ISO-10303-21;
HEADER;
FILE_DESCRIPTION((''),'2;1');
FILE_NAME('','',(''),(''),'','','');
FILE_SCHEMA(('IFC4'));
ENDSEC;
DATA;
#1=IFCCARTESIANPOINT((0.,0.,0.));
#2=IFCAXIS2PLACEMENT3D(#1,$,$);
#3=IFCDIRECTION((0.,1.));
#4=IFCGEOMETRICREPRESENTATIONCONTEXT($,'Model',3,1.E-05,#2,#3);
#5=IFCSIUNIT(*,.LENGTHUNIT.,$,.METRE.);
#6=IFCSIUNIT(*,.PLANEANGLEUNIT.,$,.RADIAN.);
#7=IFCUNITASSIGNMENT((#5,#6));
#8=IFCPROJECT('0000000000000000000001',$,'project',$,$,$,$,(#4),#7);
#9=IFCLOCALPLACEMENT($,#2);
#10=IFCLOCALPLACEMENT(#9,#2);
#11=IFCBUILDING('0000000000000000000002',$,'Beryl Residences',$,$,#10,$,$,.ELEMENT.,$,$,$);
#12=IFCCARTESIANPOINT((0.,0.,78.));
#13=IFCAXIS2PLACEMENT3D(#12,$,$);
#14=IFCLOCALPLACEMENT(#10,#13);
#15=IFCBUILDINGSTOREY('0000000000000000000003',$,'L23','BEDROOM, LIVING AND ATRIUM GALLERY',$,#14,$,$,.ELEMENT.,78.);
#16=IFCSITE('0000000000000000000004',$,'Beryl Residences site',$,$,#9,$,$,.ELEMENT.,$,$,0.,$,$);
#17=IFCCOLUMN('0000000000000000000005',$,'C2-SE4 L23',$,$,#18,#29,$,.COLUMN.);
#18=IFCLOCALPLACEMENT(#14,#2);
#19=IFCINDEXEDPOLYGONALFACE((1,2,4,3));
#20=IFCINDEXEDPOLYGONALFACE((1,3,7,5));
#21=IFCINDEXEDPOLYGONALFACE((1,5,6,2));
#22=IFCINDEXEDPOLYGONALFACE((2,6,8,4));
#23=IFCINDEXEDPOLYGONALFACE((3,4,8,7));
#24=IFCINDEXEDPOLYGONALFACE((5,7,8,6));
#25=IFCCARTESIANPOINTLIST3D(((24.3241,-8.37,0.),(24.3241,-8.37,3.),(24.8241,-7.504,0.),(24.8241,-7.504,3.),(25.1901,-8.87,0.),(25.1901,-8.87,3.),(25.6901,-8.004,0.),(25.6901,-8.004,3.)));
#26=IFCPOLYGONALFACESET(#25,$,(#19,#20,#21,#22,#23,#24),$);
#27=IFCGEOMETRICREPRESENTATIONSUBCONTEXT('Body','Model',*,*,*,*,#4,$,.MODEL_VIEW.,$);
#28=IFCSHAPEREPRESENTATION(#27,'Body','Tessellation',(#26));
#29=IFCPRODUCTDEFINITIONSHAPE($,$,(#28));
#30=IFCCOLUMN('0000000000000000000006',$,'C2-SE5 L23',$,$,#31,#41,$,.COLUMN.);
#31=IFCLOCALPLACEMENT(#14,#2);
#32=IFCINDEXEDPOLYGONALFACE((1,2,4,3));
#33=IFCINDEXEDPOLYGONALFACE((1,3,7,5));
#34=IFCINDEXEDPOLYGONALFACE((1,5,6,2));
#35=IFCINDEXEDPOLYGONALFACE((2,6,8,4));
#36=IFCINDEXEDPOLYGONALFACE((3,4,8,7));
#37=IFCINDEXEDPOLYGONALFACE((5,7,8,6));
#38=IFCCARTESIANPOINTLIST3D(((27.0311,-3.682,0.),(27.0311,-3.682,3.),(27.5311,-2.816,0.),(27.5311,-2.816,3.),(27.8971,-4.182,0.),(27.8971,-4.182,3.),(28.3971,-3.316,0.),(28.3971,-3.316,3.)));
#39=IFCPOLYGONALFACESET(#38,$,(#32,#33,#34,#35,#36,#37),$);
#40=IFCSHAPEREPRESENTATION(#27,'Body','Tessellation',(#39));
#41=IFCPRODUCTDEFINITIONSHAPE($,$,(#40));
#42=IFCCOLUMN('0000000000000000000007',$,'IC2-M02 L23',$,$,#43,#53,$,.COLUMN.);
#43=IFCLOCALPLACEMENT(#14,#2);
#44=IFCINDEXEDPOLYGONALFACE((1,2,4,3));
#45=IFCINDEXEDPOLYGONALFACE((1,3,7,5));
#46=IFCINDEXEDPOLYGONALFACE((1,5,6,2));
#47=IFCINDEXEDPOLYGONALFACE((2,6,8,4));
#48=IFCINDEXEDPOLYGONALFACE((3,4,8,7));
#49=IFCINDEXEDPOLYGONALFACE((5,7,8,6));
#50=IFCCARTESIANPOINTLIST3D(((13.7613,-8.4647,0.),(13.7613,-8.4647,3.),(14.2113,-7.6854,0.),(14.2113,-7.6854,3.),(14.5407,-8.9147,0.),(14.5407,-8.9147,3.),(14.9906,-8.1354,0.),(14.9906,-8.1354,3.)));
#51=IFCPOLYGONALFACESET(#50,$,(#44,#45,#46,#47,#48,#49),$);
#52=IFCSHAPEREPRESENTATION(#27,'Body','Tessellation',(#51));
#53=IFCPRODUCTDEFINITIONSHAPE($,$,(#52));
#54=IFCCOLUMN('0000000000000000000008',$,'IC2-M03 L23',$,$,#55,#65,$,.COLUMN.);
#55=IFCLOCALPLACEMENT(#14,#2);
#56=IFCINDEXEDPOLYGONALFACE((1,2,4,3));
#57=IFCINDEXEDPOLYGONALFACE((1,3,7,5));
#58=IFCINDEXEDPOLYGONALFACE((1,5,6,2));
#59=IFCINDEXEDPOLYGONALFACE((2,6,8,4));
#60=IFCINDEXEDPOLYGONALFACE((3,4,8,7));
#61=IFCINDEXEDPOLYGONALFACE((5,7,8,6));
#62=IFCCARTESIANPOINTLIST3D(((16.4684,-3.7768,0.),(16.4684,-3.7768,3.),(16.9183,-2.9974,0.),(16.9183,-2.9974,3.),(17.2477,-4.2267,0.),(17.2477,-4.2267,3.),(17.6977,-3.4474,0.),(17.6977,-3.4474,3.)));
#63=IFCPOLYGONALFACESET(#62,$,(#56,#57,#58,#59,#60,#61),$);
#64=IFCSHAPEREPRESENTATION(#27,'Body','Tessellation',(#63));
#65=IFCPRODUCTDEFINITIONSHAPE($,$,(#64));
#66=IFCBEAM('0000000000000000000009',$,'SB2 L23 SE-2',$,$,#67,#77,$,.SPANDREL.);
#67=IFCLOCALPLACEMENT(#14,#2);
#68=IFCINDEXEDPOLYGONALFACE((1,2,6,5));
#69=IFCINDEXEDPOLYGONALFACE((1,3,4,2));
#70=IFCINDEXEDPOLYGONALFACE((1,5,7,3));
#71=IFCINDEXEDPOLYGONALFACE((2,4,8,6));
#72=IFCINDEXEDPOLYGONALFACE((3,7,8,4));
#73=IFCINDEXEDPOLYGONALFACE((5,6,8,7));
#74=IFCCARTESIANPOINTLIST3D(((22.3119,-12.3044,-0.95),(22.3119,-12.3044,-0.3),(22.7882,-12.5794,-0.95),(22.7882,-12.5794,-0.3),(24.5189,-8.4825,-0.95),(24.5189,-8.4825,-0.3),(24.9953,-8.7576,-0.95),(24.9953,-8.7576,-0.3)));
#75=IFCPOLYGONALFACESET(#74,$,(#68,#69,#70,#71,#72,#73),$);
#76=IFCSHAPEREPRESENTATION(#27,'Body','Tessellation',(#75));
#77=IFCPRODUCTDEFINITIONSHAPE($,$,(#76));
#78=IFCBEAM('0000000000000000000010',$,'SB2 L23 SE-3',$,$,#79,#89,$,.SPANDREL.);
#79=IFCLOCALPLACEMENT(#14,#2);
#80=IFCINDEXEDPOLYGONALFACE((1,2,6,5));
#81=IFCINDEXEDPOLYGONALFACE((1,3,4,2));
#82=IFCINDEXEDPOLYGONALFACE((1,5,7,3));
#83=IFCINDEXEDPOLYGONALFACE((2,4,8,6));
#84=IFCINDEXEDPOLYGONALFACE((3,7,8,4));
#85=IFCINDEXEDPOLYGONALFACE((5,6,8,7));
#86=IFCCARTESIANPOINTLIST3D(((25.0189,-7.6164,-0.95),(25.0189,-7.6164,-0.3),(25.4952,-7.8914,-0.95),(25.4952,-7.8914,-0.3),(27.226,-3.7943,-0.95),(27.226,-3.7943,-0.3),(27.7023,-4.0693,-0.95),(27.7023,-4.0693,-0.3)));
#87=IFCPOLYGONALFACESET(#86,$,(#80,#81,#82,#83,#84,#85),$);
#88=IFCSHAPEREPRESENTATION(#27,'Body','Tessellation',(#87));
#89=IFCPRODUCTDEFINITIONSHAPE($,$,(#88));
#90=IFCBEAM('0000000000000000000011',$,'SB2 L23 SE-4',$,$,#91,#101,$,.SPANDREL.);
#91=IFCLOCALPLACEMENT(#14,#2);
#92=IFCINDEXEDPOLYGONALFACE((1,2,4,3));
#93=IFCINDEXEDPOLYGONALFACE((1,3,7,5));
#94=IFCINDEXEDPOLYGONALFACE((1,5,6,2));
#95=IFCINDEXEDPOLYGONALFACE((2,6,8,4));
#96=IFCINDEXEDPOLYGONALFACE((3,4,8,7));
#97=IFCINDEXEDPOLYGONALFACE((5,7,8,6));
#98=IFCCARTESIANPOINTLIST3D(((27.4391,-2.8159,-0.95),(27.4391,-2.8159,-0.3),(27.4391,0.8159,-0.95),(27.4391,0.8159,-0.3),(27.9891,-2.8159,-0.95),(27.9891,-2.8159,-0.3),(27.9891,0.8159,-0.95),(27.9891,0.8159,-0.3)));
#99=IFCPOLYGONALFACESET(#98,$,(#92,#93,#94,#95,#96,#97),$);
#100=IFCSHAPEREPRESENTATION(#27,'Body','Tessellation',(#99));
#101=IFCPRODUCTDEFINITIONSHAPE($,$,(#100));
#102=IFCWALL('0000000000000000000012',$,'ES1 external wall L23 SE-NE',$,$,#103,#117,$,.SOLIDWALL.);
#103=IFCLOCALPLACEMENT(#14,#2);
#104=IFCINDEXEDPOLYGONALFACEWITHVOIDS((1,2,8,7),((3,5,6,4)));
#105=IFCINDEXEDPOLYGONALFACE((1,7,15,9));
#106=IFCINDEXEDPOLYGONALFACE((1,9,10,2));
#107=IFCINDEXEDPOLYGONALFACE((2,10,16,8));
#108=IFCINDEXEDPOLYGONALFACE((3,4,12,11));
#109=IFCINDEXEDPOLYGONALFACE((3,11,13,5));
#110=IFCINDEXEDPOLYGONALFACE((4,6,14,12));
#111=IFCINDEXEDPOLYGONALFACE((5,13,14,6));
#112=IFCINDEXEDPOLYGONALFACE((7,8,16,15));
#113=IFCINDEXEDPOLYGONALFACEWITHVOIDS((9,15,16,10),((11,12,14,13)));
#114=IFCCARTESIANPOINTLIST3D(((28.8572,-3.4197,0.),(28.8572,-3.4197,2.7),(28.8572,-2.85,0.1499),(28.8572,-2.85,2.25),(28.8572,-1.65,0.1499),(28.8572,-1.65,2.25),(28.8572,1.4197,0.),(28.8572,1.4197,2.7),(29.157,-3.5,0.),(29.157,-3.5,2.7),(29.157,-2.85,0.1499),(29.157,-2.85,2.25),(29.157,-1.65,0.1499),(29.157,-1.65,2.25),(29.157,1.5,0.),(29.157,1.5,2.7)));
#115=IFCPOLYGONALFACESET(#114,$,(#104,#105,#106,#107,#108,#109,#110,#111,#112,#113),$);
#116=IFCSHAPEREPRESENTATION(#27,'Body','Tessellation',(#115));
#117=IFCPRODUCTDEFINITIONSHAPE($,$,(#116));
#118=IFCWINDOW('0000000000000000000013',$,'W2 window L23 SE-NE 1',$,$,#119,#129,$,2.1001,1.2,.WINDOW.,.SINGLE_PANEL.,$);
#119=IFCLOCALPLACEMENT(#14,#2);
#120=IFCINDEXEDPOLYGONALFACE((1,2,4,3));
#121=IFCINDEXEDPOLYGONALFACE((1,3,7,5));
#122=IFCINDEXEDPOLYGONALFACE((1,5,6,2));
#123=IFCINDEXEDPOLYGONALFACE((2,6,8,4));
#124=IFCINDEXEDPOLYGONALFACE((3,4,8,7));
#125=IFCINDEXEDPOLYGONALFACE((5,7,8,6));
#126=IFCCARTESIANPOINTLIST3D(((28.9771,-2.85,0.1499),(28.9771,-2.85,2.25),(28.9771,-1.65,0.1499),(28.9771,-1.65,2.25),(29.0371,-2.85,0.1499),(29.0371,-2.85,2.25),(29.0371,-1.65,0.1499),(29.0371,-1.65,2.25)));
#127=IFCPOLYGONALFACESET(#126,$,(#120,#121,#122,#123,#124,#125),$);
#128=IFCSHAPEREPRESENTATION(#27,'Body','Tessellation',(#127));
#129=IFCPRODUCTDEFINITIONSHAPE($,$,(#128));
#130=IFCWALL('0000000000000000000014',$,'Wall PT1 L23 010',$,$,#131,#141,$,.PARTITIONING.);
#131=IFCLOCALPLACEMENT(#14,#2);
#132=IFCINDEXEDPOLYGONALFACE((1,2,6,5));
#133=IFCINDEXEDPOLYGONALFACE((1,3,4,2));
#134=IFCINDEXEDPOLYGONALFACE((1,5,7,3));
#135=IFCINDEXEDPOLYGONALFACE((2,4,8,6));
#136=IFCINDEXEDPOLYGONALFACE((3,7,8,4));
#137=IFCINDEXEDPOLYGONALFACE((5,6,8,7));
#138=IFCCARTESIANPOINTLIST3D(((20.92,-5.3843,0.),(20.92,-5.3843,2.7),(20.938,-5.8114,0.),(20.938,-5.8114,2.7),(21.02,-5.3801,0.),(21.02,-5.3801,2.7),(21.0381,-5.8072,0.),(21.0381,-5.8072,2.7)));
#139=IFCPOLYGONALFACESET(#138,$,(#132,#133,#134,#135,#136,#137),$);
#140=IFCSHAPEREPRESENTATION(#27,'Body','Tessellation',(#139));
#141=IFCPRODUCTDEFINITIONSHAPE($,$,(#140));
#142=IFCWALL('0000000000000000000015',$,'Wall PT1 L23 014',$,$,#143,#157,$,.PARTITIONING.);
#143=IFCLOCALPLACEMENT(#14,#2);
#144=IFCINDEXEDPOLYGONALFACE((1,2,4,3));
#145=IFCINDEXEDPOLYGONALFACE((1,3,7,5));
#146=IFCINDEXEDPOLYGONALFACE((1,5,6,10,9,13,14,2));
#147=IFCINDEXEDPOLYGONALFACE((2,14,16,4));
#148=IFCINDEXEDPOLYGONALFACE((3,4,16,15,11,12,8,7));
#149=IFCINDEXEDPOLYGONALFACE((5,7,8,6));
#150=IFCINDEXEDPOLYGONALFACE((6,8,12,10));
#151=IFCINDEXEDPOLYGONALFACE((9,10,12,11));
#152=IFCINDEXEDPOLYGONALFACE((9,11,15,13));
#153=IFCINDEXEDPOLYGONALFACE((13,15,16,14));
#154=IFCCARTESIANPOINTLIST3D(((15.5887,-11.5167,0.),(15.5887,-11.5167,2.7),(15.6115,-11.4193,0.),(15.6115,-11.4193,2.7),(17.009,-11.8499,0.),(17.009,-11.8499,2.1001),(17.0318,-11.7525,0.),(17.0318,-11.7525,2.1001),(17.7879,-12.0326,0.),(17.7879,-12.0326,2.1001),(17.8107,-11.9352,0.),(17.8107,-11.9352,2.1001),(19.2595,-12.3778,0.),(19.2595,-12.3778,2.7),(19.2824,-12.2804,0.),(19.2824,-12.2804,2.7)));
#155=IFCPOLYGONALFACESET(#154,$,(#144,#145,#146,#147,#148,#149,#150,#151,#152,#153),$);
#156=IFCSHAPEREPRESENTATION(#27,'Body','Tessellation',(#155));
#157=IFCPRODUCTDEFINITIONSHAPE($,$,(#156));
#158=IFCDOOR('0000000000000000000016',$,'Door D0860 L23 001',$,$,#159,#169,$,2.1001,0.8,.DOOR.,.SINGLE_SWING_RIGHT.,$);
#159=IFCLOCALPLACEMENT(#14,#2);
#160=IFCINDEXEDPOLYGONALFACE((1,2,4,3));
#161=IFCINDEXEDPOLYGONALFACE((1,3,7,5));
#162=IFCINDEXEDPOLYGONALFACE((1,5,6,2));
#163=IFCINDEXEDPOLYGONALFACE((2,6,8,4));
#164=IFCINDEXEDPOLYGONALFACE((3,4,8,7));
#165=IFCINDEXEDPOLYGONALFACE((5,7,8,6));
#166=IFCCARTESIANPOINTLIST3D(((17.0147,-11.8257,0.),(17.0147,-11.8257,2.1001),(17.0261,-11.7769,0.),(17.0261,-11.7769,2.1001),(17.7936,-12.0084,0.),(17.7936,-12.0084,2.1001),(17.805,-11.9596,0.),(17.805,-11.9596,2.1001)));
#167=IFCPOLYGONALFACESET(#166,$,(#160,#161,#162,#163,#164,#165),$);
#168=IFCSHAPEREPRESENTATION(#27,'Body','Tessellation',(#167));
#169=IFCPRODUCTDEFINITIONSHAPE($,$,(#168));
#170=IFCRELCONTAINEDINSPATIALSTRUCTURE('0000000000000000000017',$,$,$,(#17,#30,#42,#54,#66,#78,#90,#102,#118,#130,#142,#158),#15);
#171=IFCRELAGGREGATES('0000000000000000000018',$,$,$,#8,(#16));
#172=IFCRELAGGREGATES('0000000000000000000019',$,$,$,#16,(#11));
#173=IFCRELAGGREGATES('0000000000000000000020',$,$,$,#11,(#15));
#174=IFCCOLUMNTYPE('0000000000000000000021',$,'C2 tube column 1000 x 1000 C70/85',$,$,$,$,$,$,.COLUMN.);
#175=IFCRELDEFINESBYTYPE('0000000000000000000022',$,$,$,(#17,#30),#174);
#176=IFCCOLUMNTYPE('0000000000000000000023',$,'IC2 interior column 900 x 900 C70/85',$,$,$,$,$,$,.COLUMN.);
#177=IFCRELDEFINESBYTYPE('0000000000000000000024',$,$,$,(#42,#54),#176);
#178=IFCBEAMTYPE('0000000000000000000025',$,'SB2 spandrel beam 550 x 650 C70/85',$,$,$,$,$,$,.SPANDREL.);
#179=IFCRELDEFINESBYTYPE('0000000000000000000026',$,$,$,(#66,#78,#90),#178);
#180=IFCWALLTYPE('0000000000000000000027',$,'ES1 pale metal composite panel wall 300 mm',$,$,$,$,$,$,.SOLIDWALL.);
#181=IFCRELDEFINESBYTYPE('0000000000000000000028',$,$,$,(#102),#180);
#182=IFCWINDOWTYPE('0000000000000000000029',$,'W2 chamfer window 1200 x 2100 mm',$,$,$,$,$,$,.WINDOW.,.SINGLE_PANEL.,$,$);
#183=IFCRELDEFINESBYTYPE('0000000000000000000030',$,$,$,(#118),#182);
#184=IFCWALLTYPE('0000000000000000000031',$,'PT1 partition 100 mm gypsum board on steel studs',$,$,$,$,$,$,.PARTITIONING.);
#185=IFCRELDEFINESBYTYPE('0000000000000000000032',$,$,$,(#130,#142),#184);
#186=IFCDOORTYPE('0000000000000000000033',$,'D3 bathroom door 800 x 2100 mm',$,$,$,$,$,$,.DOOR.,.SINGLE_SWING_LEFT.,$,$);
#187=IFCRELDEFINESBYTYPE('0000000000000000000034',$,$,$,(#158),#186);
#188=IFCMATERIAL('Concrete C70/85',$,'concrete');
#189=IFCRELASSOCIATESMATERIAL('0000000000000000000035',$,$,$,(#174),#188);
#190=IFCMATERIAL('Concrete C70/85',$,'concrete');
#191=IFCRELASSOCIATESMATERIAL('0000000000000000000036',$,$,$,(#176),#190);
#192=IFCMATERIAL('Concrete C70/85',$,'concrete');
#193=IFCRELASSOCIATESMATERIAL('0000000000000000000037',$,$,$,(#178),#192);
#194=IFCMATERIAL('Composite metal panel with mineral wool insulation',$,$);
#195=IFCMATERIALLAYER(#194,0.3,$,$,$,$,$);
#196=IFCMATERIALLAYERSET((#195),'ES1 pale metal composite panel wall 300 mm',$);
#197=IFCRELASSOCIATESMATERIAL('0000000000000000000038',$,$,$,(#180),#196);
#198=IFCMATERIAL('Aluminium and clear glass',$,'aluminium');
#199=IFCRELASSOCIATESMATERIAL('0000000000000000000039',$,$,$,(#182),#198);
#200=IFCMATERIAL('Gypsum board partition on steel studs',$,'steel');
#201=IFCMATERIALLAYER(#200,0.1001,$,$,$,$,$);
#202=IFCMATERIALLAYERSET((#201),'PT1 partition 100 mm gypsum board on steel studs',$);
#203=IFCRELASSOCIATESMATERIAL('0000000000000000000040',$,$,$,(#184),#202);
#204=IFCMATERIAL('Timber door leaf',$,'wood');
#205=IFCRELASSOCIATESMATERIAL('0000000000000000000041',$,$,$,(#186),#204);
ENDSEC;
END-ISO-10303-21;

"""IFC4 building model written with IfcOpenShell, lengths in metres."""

from ifc_helpers import new_model, si_unit, direction, frame, frame_2d, origin, origin_2d, place, context, subcontext, project, spatial, polyline, rectangle, outline, extrude, material, layer, layer_set, material_profile, profile_set, type_object, element, fill, save


model = new_model("IFC4")

# Units and contexts
model_context = context("Model", 3, precision=1e-05, world=origin(), true_north=direction((0.0, 1.0)))
body_context = subcontext(model_context, "Body", "Model", "MODEL_VIEW")
ifc_project = project(units=[si_unit("LENGTHUNIT", "METRE"), si_unit("PLANEANGLEUNIT", "RADIAN")], contexts=[model_context])

# Site, building, storey
site_placement = place(None, origin())
site = spatial("IfcSite", under=ifc_project, at=site_placement, Name="Beryl Residences site", CompositionType="ELEMENT", RefElevation=0.0)
building_placement = place(site_placement, origin())
building = spatial("IfcBuilding", under=site, at=building_placement, Name="Beryl Residences", CompositionType="ELEMENT")
storey_placement = place(building_placement, frame((0.0, 0.0, 78.0)))
storey = spatial("IfcBuildingStorey", under=building, at=storey_placement, Name="L23", Description="BEDROOM, LIVING AND ATRIUM GALLERY", CompositionType="ELEMENT", Elevation=78.0)

# Columns
ifc_material_1 = material(Name="Concrete C70/85", Category="concrete")
ifc_material_profile_1 = material_profile(ifc_material_1, rectangle(XDim=1.0, YDim=1.0, at=origin_2d()))
ifc_profile_set_1 = profile_set([ifc_material_profile_1], Name="Concrete C70/85")
column_type_1 = type_object("IfcColumnType", Name="C2 tube column 1000 x 1000 C70/85", PredefinedType="COLUMN", material=ifc_profile_set_1)
for number, where, z_axis, x_axis, name in (
    (1, (25.0071, -8.187, 0.0), (0.0, 0.0, 1.0), (0.5, 0.866025, 0.0), "C2-SE4 L23"),
    (2, (27.7141, -3.499, 0.0), (0.0, 0.0, 1.0), (0.5, 0.866025, 0.0), "C2-SE5 L23"),
):
    element("IfcColumn", number, at=place(storey_placement, frame(where, z_axis=z_axis, x_axis=x_axis)), inside=storey, type_object=column_type_1, Name=name, PredefinedType="COLUMN", context=body_context, shape_type="SweptSolid", body=[
        extrude(rectangle(XDim=1.0, YDim=1.0, at=origin_2d()), origin(), (0.0, 0.0, 1.0), 3.0),
    ])
ifc_material_2 = material(Name="Concrete C70/85", Category="concrete")
ifc_material_profile_2 = material_profile(ifc_material_2, rectangle(XDim=0.8999, YDim=0.8999, at=origin_2d()))
ifc_profile_set_2 = profile_set([ifc_material_profile_2], Name="Concrete C70/85")
column_type_2 = type_object("IfcColumnType", Name="IC2 interior column 900 x 900 C70/85", PredefinedType="COLUMN", material=ifc_profile_set_2)
for number, where, z_axis, x_axis, name in (
    (3, (14.376, -8.3, 0.0), (0.0, 0.0, 1.0), (0.5, 0.866025, 0.0), "IC2-M02 L23"),
    (4, (17.083, -3.6121, 0.0), (0.0, 0.0, 1.0), (0.5, 0.866025, 0.0), "IC2-M03 L23"),
):
    element("IfcColumn", number, at=place(storey_placement, frame(where, z_axis=z_axis, x_axis=x_axis)), inside=storey, type_object=column_type_2, Name=name, PredefinedType="COLUMN", context=body_context, shape_type="SweptSolid", body=[
        extrude(rectangle(XDim=0.8999, YDim=0.8999, at=origin_2d()), origin(), (0.0, 0.0, 1.0), 3.0),
    ])

# Beams
ifc_material_3 = material(Name="Concrete C70/85", Category="concrete")
ifc_material_profile_3 = material_profile(ifc_material_3, rectangle(XDim=0.55, YDim=0.6499, at=origin_2d()))
ifc_profile_set_3 = profile_set([ifc_material_profile_3], Name="Concrete C70/85")
beam_type = type_object("IfcBeamType", Name="SB2 spandrel beam 550 x 650 C70/85", PredefinedType="SPANDREL", material=ifc_profile_set_3)
beam_1_placement = place(storey_placement, frame((22.55, -12.4419, -0.625), z_axis=(0.50009, 0.865974, 0.0), x_axis=(-0.865974, 0.50009, 0.0)))
element("IfcBeam", 5, at=beam_1_placement, inside=storey, type_object=beam_type, Name="SB2 L23 SE-2", PredefinedType="SPANDREL", context=body_context, shape_type="SweptSolid", body=[
    extrude(rectangle(XDim=0.55, YDim=0.6499, at=origin_2d()), origin(), (0.0, 0.0, 1.0), 4.4133),
])
beam_2_placement = place(storey_placement, frame((25.2571, -7.7539, -0.625), z_axis=(0.500066, 0.865988, 0.0), x_axis=(-0.865988, 0.500066, 0.0)))
element("IfcBeam", 6, at=beam_2_placement, inside=storey, type_object=beam_type, Name="SB2 L23 SE-3", PredefinedType="SPANDREL", context=body_context, shape_type="SweptSolid", body=[
    extrude(rectangle(XDim=0.55, YDim=0.6499, at=origin_2d()), origin(), (0.0, 0.0, 1.0), 4.4136),
])
beam_3_placement = place(storey_placement, frame((27.7141, -2.8159, -0.625), z_axis=(0.0, 1.0, 0.0), x_axis=(-1.0, 0.0, 0.0)))
element("IfcBeam", 7, at=beam_3_placement, inside=storey, type_object=beam_type, Name="SB2 L23 SE-4", PredefinedType="SPANDREL", context=body_context, shape_type="SweptSolid", body=[
    extrude(rectangle(XDim=0.55, YDim=0.6499, at=origin_2d()), origin(), (0.0, 0.0, 1.0), 3.6318),
])

# Wall, opening, window
ifc_material_4 = material(Name="Composite metal panel with mineral wool insulation")
ifc_layer_1 = layer(ifc_material_4, 0.3)
ifc_layer_set_1 = layer_set([ifc_layer_1], Name="ES1 pale metal composite panel wall 300 mm")
wall_type_1 = type_object("IfcWallType", Name="ES1 pale metal composite panel wall 300 mm", PredefinedType="SOLIDWALL", material=ifc_layer_set_1)
wall_1_placement = place(storey_placement, frame((29.0071, -3.5, 0.0), z_axis=(0.0, 0.0, 1.0), x_axis=(0.0, 1.0, 0.0)))
wall_1 = element("IfcWall", 8, at=wall_1_placement, inside=storey, type_object=wall_type_1, Name="ES1 external wall L23 SE-NE", PredefinedType="SOLIDWALL", context=body_context, shape_type="SweptSolid", body=[
    extrude(outline(polyline([(0.0, -0.1499), (5.0, -0.1499), (4.9197, 0.1499), (0.0803, 0.1499), (0.0, -0.1499)])), origin(), (0.0, 0.0, 1.0), 2.7),
])
opening_1_placement = place(wall_1_placement, frame((0.6499, 0.0, 0.1499)))
opening_1 = element("IfcOpeningElement", 9, at=opening_1_placement, cuts=wall_1, PredefinedType="OPENING", context=body_context, shape_type="SweptSolid", body=[
    extrude(rectangle(XDim=1.2, YDim=2.1001, at=frame_2d((0.6001, 1.05))), frame((0.0, 0.1599, 0.0), z_axis=(0.0, -1.0, 0.0), x_axis=(1.0, 0.0, 0.0)), (0.0, 0.0, 1.0), 0.3201),
])
ifc_material_5 = material(Name="Aluminium and clear glass", Category="aluminium")
window_type = type_object("IfcWindowType", Name="W2 chamfer window 1200 x 2100 mm", PartitioningType="SINGLE_PANEL", PredefinedType="WINDOW", material=ifc_material_5)
window_placement = place(opening_1_placement, origin())
window = element("IfcWindow", 10, at=window_placement, inside=storey, type_object=window_type, Name="W2 window L23 SE-NE 1", OverallHeight=2.1001, OverallWidth=1.2, PartitioningType="SINGLE_PANEL", PredefinedType="WINDOW", context=body_context, shape_type="SweptSolid", body=[
    extrude(rectangle(XDim=1.2, YDim=2.1001, at=frame_2d((0.6001, 1.05))), frame((0.0, 0.03, 0.0), z_axis=(0.0, -1.0, 0.0), x_axis=(1.0, 0.0, 0.0)), (0.0, 0.0, 1.0), 0.0601),
])
fill(opening_1, window)

# Wall
ifc_material_6 = material(Name="Gypsum board partition on steel studs", Category="steel")
ifc_layer_2 = layer(ifc_material_6, 0.1001)
ifc_layer_set_2 = layer_set([ifc_layer_2], Name="PT1 partition 100 mm gypsum board on steel studs")
wall_type_2 = type_object("IfcWallType", Name="PT1 partition 100 mm gypsum board on steel studs", PredefinedType="PARTITIONING", material=ifc_layer_set_2)
wall_2_placement = place(storey_placement, frame((20.97, -5.3821, 0.0), z_axis=(0.0, 0.0, 1.0), x_axis=(0.042272, -0.999106, 0.0)))
element("IfcWall", 11, at=wall_2_placement, inside=storey, type_object=wall_type_2, Name="Wall PT1 L23 010", PredefinedType="PARTITIONING", context=body_context, shape_type="SweptSolid", body=[
    extrude(rectangle(XDim=0.4275, YDim=0.1001, at=frame_2d((0.2139, 0.0))), origin(), (0.0, 0.0, 1.0), 2.7),
])

# Wall, opening, door
wall_3_placement = place(storey_placement, frame((15.6001, -11.468, 0.0), z_axis=(0.0, 0.0, 1.0), x_axis=(0.973574, -0.228372, 0.0)))
wall_3 = element("IfcWall", 12, at=wall_3_placement, inside=storey, type_object=wall_type_2, Name="Wall PT1 L23 014", PredefinedType="PARTITIONING", context=body_context, shape_type="SweptSolid", body=[
    extrude(rectangle(XDim=3.7705, YDim=0.1001, at=frame_2d((1.8853, 0.0))), origin(), (0.0, 0.0, 1.0), 2.7),
])
opening_2_placement = place(wall_3_placement, frame((1.459, 0.0, 0.0)))
opening_2 = element("IfcOpeningElement", 13, at=opening_2_placement, cuts=wall_3, PredefinedType="OPENING", context=body_context, shape_type="SweptSolid", body=[
    extrude(rectangle(XDim=0.8, YDim=2.1001, at=frame_2d((0.3999, 1.05))), frame((0.0, 0.0601, 0.0), z_axis=(0.0, -1.0, 0.0), x_axis=(1.0, 0.0, 0.0)), (0.0, 0.0, 1.0), 0.1201),
])
ifc_material_7 = material(Name="Timber door leaf", Category="wood")
door_type_1 = type_object("IfcDoorType", Name="D3 bathroom door 800 x 2100 mm", OperationType="SINGLE_SWING_LEFT", PredefinedType="DOOR", material=ifc_material_7)
door_1_placement = place(opening_2_placement, origin())
door_1 = element("IfcDoor", 14, at=door_1_placement, inside=storey, type_object=door_type_1, Name="Door D0860 L23 001", OperationType="SINGLE_SWING_RIGHT", OverallHeight=2.1001, OverallWidth=0.8, PredefinedType="DOOR", context=body_context, shape_type="SweptSolid", body=[
    extrude(rectangle(XDim=0.8, YDim=2.1001, at=frame_2d((0.3999, 1.05))), frame((0.0, 0.0249, 0.0), z_axis=(0.0, -1.0, 0.0), x_axis=(1.0, 0.0, 0.0)), (0.0, 0.0, 1.0), 0.05),
])
fill(opening_2, door_1)

save(model, "model.ifc")
